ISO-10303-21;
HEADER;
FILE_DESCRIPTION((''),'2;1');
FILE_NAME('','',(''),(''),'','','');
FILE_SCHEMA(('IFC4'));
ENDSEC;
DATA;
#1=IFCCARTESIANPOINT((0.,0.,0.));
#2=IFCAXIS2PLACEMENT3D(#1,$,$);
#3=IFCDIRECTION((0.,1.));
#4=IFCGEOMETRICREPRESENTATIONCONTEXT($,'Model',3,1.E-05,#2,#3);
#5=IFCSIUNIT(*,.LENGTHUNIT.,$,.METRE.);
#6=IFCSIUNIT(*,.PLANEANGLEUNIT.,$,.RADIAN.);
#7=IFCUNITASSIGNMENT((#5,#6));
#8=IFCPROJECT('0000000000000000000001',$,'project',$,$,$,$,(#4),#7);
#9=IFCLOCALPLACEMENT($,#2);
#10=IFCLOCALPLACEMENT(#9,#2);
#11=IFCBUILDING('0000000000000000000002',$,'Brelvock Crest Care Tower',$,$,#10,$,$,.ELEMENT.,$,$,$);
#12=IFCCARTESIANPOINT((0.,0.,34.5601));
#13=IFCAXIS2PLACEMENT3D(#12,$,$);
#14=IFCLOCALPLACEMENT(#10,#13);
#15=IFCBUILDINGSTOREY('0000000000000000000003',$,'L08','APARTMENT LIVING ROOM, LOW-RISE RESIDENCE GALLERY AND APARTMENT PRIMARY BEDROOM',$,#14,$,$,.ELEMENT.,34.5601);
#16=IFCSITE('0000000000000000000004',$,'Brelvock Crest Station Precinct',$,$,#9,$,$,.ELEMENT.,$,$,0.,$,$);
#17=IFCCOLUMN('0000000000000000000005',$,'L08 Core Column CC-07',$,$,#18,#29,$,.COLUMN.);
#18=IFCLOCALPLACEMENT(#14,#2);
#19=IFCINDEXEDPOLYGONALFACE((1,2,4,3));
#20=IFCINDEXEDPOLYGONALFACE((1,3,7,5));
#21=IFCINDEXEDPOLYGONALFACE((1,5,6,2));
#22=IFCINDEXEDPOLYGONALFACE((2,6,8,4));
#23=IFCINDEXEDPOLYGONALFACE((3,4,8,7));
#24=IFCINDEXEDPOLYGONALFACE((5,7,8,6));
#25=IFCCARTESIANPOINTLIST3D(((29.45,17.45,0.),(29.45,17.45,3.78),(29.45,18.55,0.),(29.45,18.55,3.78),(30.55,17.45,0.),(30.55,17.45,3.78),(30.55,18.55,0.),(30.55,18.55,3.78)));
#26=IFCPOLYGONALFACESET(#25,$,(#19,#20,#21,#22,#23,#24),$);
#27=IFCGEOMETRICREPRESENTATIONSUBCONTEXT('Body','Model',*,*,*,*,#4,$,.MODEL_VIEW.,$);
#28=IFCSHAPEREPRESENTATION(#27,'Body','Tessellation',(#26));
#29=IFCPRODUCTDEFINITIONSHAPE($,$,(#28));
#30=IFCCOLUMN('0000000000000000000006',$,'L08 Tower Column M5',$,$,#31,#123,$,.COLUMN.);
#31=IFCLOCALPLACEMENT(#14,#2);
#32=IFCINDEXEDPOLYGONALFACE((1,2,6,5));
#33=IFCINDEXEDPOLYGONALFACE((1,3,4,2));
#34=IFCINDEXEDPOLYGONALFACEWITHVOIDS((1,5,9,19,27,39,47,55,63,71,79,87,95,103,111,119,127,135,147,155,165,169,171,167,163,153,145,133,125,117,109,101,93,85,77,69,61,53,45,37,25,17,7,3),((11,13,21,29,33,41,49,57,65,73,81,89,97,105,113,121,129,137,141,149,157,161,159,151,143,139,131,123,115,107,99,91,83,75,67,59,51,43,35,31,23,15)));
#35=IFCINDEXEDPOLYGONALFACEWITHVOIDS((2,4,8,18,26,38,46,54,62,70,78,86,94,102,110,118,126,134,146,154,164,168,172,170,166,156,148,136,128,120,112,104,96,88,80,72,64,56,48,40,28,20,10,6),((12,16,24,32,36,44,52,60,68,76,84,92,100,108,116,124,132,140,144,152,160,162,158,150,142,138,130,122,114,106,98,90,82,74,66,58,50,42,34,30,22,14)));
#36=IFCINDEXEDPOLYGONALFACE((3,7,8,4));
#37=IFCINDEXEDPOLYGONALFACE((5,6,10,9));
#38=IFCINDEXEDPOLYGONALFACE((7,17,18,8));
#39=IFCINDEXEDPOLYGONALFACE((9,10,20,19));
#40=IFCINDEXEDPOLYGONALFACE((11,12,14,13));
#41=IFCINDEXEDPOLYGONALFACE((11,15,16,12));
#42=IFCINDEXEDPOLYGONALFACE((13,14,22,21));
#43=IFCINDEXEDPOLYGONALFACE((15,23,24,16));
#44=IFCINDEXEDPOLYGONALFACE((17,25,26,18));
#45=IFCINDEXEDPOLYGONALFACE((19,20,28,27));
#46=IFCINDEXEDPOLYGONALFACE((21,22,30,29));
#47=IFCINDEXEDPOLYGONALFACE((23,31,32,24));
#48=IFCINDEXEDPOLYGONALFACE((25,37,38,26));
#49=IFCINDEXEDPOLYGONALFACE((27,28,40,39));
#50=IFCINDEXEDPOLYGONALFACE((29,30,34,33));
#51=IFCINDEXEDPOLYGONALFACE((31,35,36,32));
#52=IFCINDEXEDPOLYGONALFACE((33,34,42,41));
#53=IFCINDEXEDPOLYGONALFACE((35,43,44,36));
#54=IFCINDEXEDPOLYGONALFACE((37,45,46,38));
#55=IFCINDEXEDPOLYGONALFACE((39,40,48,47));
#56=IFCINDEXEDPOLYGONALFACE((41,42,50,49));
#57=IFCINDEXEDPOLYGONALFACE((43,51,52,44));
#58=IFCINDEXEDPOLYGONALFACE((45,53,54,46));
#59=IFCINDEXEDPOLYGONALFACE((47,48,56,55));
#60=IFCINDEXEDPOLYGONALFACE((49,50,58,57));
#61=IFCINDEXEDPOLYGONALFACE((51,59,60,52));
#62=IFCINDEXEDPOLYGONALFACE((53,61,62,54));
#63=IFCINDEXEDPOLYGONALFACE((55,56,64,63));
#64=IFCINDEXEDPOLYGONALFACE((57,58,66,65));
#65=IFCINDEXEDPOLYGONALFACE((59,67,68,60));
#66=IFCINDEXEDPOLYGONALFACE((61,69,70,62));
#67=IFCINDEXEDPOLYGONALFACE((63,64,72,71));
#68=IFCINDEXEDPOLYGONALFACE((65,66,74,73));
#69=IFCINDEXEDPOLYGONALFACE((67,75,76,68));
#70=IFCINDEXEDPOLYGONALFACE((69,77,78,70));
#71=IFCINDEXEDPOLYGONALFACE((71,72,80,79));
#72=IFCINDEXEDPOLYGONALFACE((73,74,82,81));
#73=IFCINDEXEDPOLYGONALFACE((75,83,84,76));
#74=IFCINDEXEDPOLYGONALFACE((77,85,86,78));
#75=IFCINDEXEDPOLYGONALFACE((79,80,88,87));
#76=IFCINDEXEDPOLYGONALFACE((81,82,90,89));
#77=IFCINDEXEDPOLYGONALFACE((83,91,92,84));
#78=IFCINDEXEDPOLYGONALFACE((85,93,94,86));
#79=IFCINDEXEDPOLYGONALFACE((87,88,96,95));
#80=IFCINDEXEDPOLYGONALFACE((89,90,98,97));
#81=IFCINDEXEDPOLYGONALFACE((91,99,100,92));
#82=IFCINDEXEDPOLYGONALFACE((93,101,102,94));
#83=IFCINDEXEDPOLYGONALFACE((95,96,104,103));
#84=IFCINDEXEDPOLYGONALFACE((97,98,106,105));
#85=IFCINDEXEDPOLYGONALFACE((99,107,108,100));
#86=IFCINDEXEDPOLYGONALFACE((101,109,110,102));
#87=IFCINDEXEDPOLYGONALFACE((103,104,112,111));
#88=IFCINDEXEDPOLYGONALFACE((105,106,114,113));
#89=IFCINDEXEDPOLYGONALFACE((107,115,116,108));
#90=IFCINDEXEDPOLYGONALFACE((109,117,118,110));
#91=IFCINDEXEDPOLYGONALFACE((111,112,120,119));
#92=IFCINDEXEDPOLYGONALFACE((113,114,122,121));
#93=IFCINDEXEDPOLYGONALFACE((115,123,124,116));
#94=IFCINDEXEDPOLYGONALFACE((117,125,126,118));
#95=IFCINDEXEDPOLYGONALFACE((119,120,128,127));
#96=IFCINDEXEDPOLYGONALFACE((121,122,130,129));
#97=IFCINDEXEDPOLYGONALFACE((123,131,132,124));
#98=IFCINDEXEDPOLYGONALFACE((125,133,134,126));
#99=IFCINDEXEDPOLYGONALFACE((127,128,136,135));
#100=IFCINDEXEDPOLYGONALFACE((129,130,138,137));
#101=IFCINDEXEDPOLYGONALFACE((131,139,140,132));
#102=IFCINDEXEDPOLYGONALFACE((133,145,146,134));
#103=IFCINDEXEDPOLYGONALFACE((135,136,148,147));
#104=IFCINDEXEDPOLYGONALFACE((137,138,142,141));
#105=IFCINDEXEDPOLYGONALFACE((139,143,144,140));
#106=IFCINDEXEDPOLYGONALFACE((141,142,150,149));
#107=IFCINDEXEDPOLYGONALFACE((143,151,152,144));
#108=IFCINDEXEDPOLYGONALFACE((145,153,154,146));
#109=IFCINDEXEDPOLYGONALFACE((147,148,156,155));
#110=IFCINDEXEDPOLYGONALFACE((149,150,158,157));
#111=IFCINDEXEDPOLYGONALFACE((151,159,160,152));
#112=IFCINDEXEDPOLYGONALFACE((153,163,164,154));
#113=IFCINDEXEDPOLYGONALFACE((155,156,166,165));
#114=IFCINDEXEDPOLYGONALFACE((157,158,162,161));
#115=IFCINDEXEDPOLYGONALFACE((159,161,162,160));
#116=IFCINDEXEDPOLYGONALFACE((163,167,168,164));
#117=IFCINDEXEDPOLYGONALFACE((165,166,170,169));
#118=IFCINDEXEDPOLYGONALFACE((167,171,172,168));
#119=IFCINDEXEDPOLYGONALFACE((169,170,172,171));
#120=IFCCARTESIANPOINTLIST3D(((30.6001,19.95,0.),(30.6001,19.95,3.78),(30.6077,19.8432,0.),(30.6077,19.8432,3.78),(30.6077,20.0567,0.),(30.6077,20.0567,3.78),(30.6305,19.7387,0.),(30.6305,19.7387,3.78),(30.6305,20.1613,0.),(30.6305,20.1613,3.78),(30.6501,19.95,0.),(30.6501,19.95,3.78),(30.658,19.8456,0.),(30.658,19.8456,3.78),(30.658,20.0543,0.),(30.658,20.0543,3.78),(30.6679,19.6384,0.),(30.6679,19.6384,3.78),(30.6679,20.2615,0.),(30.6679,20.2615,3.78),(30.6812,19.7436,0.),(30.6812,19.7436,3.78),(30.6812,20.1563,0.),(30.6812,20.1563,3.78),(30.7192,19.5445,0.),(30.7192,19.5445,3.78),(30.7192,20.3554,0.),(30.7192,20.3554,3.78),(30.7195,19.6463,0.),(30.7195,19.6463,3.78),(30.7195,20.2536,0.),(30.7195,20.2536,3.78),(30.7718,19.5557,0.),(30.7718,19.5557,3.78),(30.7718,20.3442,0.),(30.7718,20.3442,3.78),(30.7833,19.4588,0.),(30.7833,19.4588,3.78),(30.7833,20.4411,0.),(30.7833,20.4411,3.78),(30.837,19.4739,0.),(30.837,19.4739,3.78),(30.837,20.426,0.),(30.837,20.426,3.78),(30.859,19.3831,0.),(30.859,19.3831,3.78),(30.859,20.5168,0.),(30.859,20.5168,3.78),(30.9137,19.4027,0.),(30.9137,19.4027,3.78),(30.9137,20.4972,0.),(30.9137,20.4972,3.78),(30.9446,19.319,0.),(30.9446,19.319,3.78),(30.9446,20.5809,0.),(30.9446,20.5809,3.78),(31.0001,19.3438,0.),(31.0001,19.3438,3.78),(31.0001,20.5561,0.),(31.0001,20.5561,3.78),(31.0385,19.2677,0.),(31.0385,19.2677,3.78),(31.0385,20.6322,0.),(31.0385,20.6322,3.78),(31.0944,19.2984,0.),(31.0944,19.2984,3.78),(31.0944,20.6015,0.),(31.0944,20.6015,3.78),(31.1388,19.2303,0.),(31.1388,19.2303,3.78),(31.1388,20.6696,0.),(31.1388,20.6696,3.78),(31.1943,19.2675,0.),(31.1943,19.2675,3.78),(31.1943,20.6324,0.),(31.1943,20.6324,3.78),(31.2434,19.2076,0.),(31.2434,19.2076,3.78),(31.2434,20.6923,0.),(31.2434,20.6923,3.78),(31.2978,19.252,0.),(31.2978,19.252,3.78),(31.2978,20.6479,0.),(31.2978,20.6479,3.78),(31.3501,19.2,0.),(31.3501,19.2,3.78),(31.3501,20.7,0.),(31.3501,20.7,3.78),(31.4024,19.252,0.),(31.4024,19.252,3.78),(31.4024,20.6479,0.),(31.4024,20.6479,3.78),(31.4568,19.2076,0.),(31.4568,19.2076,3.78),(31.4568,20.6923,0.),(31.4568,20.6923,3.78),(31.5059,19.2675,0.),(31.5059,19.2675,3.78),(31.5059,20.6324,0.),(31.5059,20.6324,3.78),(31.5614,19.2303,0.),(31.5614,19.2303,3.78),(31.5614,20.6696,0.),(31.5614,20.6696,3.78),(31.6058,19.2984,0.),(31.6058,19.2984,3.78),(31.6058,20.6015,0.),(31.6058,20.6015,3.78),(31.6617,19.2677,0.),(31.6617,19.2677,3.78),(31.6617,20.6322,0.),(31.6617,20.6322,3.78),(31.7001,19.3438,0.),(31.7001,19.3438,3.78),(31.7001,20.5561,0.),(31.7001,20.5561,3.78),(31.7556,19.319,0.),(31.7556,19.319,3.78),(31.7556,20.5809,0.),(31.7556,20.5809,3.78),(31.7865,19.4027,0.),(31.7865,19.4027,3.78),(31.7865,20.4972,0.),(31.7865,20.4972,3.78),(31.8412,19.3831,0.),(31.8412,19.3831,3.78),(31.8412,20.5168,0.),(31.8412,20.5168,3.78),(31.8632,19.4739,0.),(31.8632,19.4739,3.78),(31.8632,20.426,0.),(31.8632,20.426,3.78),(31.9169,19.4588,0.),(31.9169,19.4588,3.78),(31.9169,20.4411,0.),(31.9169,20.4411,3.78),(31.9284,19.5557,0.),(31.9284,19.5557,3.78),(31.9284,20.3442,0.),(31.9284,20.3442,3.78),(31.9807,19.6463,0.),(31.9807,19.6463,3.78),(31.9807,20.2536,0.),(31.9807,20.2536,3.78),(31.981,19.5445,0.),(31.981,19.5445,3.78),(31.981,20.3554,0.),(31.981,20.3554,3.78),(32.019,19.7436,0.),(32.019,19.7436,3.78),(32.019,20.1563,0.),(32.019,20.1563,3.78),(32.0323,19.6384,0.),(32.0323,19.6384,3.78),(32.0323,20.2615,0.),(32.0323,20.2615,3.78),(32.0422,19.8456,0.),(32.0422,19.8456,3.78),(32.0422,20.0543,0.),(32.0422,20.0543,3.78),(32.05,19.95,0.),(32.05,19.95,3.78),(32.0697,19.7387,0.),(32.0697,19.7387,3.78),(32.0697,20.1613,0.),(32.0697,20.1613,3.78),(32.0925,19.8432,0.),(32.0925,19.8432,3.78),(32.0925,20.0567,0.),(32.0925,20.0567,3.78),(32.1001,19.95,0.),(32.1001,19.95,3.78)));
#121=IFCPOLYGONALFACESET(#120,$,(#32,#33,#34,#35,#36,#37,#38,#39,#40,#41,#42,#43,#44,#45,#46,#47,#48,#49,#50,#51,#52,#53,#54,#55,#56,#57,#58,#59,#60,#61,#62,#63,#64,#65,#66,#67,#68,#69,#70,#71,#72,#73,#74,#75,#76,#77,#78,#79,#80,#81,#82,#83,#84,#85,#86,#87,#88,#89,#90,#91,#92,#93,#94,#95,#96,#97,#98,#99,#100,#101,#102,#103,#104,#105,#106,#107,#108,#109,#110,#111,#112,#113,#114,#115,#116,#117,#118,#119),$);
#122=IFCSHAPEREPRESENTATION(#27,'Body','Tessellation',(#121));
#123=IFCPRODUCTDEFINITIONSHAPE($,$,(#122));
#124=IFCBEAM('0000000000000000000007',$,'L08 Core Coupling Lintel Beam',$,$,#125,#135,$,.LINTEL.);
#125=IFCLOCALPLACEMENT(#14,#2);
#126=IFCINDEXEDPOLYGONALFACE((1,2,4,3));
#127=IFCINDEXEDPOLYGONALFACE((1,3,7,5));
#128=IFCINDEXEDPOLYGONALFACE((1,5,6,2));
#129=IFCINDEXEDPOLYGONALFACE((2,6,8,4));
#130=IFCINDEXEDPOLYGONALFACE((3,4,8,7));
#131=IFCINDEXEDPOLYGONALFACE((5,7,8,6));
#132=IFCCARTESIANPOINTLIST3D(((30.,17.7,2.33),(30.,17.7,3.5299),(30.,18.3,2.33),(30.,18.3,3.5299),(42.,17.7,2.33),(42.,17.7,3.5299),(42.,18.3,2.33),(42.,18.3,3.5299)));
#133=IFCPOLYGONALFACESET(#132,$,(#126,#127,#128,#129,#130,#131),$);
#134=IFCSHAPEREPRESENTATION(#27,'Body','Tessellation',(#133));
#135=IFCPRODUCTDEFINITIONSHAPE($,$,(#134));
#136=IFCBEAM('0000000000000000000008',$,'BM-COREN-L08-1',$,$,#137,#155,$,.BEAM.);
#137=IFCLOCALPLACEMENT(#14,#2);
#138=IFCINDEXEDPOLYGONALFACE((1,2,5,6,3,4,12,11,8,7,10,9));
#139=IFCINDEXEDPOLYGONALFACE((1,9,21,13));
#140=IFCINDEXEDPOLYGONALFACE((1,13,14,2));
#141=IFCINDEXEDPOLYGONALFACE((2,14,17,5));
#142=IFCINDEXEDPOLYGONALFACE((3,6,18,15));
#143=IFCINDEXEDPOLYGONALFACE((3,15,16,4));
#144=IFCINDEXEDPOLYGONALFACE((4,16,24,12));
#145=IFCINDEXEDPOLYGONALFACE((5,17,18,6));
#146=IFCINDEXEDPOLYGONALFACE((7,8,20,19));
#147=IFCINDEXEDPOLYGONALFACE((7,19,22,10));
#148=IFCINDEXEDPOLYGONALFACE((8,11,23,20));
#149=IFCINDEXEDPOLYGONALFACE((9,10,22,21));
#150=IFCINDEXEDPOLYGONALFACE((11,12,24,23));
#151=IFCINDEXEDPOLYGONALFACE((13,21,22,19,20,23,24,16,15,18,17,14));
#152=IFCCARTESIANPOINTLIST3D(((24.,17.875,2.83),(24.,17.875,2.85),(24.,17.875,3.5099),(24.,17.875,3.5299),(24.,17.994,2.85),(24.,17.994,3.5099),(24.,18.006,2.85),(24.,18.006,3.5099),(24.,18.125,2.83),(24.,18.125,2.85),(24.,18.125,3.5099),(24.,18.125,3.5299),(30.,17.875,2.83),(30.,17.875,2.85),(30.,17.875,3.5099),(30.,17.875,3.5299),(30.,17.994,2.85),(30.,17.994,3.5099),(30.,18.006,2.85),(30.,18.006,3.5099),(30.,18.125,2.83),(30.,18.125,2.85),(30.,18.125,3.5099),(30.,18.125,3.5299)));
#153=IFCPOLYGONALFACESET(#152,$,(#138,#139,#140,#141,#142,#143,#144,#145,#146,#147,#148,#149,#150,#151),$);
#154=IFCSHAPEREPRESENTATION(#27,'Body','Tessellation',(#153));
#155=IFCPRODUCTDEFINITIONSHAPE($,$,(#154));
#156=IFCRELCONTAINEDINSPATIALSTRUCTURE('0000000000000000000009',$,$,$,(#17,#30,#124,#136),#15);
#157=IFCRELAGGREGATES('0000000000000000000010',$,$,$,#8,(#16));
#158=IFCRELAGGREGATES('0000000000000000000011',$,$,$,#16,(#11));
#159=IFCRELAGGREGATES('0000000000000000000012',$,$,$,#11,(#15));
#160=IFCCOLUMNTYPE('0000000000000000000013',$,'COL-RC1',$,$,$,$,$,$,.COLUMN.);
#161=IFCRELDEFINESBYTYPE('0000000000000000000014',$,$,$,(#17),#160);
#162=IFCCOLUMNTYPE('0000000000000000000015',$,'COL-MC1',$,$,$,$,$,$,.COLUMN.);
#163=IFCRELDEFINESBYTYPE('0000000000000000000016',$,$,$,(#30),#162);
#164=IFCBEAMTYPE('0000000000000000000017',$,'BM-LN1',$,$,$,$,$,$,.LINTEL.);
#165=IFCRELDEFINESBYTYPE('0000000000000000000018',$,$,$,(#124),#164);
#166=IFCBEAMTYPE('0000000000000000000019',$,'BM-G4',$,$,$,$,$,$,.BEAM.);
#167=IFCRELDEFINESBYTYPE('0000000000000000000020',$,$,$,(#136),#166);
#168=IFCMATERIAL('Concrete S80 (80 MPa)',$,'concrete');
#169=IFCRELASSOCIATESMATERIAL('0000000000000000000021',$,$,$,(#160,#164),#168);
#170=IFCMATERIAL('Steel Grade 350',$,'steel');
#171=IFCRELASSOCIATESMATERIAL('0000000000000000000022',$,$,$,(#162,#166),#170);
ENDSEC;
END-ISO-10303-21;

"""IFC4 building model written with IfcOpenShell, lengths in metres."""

from ifc_helpers import new_model, si_unit, direction, frame, origin, origin_2d, place, context, subcontext, project, spatial, rectangle, hollow_circle, i_section, extrude, source, transform, mapped, material, material_profile, profile_set, type_object, element, save


model = new_model("IFC4")

# Units and contexts
model_context = context("Model", 3, precision=1e-05, world=origin(), true_north=direction((0.0, 1.0)))
body_context = subcontext(model_context, "Body", "Model", "MODEL_VIEW")
ifc_project = project(units=[si_unit("LENGTHUNIT", "METRE"), si_unit("PLANEANGLEUNIT", "RADIAN")], contexts=[model_context])

# Site, building, storey
site_placement = place(None, origin())
site = spatial("IfcSite", under=ifc_project, at=site_placement, Name="Brelvock Crest Station Precinct", CompositionType="ELEMENT", RefElevation=0.0)
building_placement = place(site_placement, origin())
building = spatial("IfcBuilding", under=site, at=building_placement, Name="Brelvock Crest Care Tower", CompositionType="ELEMENT")
storey_placement = place(building_placement, frame((0.0, 0.0, 34.5601)))
storey = spatial("IfcBuildingStorey", under=building, at=storey_placement, Name="L08", Description="APARTMENT LIVING ROOM, LOW-RISE RESIDENCE GALLERY AND APARTMENT PRIMARY BEDROOM", CompositionType="ELEMENT", Elevation=34.5601)

# Columns
ifc_material_1 = material(Name="Concrete S80 (80 MPa)", Category="concrete")
ifc_material_profile_1 = material_profile(ifc_material_1, rectangle(XDim=1.1001, YDim=1.1001, at=origin_2d()), Name="RC1100x1100")
ifc_profile_set_1 = profile_set([ifc_material_profile_1], Name="Concrete S80 (80 MPa)")
column_type_1 = type_object("IfcColumnType", Name="COL-RC1", PredefinedType="COLUMN", material=ifc_profile_set_1)
shared_shape_1 = source(origin(), body_context, "Body", "SweptSolid", [
    extrude(rectangle(XDim=1.1001, YDim=1.1001, at=origin_2d()), origin(), (0.0, 0.0, 1.0), 3.78),
])
column_1_placement = place(storey_placement, frame((30.0, 18.0, 0.0), z_axis=(0.0, 0.0, 1.0), x_axis=(1.0, 0.0, 0.0)))
element("IfcColumn", 1, at=column_1_placement, inside=storey, type_object=column_type_1, Name="L08 Core Column CC-07", PredefinedType="COLUMN", context=body_context, shape_type="MappedRepresentation", body=[
    mapped(shared_shape_1, transform((0.0, 0.0, 0.0), x_axis=(1.0, 0.0, 0.0), y_axis=(0.0, 1.0, 0.0), z_axis=(0.0, 0.0, 1.0), scale=1.0)),
])
ifc_material_2 = material(Name="Steel Grade 350", Category="steel")
ifc_material_profile_2 = material_profile(ifc_material_2, hollow_circle(Radius=0.75, WallThickness=0.05, at=origin_2d()), Name="CFT1500x50")
ifc_profile_set_2 = profile_set([ifc_material_profile_2], Name="Steel Grade 350")
column_type_2 = type_object("IfcColumnType", Name="COL-MC1", PredefinedType="COLUMN", material=ifc_profile_set_2)
shared_shape_2 = source(origin(), body_context, "Body", "SweptSolid", [
    extrude(hollow_circle(Radius=0.75, WallThickness=0.05, at=origin_2d()), origin(), (0.0, 0.0, 1.0), 3.78),
])
column_2_placement = place(storey_placement, frame((31.3501, 19.95, 0.0), z_axis=(0.0, 0.0, 1.0), x_axis=(1.0, 0.0, 0.0)))
element("IfcColumn", 2, at=column_2_placement, inside=storey, type_object=column_type_2, Name="L08 Tower Column M5", PredefinedType="COLUMN", context=body_context, shape_type="MappedRepresentation", body=[
    mapped(shared_shape_2, transform((0.0, 0.0, 0.0), x_axis=(1.0, 0.0, 0.0), y_axis=(0.0, 1.0, 0.0), z_axis=(0.0, 0.0, 1.0), scale=1.0)),
])

# Beams
ifc_material_profile_3 = material_profile(ifc_material_1, rectangle(XDim=0.6001, YDim=1.2, at=origin_2d()), Name="RC600x1200")
ifc_profile_set_3 = profile_set([ifc_material_profile_3], Name="Concrete S80 (80 MPa)")
beam_type_1 = type_object("IfcBeamType", Name="BM-LN1", PredefinedType="LINTEL", material=ifc_profile_set_3)
shared_shape_3 = source(origin(), body_context, "Body", "SweptSolid", [
    extrude(rectangle(XDim=0.6001, YDim=1.2, at=origin_2d()), origin(), (0.0, 0.0, 1.0), 12.0),
])
beam_1_placement = place(storey_placement, frame((30.0, 18.0, 2.9299), z_axis=(1.0, 0.0, 0.0), x_axis=(0.0, 1.0, 0.0)))
element("IfcBeam", 3, at=beam_1_placement, inside=storey, type_object=beam_type_1, Name="L08 Core Coupling Lintel Beam", PredefinedType="LINTEL", context=body_context, shape_type="MappedRepresentation", body=[
    mapped(shared_shape_3, transform((0.0, 0.0, 0.0), x_axis=(1.0, 0.0, 0.0), y_axis=(0.0, 1.0, 0.0), z_axis=(0.0, 0.0, 1.0), scale=1.0)),
])
ifc_material_profile_4 = material_profile(ifc_material_2, i_section(OverallWidth=0.25, OverallDepth=0.7, WebThickness=0.012, FlangeThickness=0.02, at=origin_2d()), Name="700WB150")
ifc_profile_set_4 = profile_set([ifc_material_profile_4], Name="Steel Grade 350")
beam_type_2 = type_object("IfcBeamType", Name="BM-G4", PredefinedType="BEAM", material=ifc_profile_set_4)
shared_shape_4 = source(origin(), body_context, "Body", "SweptSolid", [
    extrude(i_section(OverallWidth=0.25, OverallDepth=0.7, WebThickness=0.012, FlangeThickness=0.02, at=origin_2d()), origin(), (0.0, 0.0, 1.0), 6.0),
])
beam_2_placement = place(storey_placement, frame((24.0, 18.0, 3.1799), z_axis=(1.0, 0.0, 0.0), x_axis=(0.0, 1.0, 0.0)))
element("IfcBeam", 4, at=beam_2_placement, inside=storey, type_object=beam_type_2, Name="BM-COREN-L08-1", PredefinedType="BEAM", context=body_context, shape_type="MappedRepresentation", body=[
    mapped(shared_shape_4, transform((0.0, 0.0, 0.0), x_axis=(1.0, 0.0, 0.0), y_axis=(0.0, 1.0, 0.0), z_axis=(0.0, 0.0, 1.0), scale=1.0)),
])

save(model, "model.ifc")
